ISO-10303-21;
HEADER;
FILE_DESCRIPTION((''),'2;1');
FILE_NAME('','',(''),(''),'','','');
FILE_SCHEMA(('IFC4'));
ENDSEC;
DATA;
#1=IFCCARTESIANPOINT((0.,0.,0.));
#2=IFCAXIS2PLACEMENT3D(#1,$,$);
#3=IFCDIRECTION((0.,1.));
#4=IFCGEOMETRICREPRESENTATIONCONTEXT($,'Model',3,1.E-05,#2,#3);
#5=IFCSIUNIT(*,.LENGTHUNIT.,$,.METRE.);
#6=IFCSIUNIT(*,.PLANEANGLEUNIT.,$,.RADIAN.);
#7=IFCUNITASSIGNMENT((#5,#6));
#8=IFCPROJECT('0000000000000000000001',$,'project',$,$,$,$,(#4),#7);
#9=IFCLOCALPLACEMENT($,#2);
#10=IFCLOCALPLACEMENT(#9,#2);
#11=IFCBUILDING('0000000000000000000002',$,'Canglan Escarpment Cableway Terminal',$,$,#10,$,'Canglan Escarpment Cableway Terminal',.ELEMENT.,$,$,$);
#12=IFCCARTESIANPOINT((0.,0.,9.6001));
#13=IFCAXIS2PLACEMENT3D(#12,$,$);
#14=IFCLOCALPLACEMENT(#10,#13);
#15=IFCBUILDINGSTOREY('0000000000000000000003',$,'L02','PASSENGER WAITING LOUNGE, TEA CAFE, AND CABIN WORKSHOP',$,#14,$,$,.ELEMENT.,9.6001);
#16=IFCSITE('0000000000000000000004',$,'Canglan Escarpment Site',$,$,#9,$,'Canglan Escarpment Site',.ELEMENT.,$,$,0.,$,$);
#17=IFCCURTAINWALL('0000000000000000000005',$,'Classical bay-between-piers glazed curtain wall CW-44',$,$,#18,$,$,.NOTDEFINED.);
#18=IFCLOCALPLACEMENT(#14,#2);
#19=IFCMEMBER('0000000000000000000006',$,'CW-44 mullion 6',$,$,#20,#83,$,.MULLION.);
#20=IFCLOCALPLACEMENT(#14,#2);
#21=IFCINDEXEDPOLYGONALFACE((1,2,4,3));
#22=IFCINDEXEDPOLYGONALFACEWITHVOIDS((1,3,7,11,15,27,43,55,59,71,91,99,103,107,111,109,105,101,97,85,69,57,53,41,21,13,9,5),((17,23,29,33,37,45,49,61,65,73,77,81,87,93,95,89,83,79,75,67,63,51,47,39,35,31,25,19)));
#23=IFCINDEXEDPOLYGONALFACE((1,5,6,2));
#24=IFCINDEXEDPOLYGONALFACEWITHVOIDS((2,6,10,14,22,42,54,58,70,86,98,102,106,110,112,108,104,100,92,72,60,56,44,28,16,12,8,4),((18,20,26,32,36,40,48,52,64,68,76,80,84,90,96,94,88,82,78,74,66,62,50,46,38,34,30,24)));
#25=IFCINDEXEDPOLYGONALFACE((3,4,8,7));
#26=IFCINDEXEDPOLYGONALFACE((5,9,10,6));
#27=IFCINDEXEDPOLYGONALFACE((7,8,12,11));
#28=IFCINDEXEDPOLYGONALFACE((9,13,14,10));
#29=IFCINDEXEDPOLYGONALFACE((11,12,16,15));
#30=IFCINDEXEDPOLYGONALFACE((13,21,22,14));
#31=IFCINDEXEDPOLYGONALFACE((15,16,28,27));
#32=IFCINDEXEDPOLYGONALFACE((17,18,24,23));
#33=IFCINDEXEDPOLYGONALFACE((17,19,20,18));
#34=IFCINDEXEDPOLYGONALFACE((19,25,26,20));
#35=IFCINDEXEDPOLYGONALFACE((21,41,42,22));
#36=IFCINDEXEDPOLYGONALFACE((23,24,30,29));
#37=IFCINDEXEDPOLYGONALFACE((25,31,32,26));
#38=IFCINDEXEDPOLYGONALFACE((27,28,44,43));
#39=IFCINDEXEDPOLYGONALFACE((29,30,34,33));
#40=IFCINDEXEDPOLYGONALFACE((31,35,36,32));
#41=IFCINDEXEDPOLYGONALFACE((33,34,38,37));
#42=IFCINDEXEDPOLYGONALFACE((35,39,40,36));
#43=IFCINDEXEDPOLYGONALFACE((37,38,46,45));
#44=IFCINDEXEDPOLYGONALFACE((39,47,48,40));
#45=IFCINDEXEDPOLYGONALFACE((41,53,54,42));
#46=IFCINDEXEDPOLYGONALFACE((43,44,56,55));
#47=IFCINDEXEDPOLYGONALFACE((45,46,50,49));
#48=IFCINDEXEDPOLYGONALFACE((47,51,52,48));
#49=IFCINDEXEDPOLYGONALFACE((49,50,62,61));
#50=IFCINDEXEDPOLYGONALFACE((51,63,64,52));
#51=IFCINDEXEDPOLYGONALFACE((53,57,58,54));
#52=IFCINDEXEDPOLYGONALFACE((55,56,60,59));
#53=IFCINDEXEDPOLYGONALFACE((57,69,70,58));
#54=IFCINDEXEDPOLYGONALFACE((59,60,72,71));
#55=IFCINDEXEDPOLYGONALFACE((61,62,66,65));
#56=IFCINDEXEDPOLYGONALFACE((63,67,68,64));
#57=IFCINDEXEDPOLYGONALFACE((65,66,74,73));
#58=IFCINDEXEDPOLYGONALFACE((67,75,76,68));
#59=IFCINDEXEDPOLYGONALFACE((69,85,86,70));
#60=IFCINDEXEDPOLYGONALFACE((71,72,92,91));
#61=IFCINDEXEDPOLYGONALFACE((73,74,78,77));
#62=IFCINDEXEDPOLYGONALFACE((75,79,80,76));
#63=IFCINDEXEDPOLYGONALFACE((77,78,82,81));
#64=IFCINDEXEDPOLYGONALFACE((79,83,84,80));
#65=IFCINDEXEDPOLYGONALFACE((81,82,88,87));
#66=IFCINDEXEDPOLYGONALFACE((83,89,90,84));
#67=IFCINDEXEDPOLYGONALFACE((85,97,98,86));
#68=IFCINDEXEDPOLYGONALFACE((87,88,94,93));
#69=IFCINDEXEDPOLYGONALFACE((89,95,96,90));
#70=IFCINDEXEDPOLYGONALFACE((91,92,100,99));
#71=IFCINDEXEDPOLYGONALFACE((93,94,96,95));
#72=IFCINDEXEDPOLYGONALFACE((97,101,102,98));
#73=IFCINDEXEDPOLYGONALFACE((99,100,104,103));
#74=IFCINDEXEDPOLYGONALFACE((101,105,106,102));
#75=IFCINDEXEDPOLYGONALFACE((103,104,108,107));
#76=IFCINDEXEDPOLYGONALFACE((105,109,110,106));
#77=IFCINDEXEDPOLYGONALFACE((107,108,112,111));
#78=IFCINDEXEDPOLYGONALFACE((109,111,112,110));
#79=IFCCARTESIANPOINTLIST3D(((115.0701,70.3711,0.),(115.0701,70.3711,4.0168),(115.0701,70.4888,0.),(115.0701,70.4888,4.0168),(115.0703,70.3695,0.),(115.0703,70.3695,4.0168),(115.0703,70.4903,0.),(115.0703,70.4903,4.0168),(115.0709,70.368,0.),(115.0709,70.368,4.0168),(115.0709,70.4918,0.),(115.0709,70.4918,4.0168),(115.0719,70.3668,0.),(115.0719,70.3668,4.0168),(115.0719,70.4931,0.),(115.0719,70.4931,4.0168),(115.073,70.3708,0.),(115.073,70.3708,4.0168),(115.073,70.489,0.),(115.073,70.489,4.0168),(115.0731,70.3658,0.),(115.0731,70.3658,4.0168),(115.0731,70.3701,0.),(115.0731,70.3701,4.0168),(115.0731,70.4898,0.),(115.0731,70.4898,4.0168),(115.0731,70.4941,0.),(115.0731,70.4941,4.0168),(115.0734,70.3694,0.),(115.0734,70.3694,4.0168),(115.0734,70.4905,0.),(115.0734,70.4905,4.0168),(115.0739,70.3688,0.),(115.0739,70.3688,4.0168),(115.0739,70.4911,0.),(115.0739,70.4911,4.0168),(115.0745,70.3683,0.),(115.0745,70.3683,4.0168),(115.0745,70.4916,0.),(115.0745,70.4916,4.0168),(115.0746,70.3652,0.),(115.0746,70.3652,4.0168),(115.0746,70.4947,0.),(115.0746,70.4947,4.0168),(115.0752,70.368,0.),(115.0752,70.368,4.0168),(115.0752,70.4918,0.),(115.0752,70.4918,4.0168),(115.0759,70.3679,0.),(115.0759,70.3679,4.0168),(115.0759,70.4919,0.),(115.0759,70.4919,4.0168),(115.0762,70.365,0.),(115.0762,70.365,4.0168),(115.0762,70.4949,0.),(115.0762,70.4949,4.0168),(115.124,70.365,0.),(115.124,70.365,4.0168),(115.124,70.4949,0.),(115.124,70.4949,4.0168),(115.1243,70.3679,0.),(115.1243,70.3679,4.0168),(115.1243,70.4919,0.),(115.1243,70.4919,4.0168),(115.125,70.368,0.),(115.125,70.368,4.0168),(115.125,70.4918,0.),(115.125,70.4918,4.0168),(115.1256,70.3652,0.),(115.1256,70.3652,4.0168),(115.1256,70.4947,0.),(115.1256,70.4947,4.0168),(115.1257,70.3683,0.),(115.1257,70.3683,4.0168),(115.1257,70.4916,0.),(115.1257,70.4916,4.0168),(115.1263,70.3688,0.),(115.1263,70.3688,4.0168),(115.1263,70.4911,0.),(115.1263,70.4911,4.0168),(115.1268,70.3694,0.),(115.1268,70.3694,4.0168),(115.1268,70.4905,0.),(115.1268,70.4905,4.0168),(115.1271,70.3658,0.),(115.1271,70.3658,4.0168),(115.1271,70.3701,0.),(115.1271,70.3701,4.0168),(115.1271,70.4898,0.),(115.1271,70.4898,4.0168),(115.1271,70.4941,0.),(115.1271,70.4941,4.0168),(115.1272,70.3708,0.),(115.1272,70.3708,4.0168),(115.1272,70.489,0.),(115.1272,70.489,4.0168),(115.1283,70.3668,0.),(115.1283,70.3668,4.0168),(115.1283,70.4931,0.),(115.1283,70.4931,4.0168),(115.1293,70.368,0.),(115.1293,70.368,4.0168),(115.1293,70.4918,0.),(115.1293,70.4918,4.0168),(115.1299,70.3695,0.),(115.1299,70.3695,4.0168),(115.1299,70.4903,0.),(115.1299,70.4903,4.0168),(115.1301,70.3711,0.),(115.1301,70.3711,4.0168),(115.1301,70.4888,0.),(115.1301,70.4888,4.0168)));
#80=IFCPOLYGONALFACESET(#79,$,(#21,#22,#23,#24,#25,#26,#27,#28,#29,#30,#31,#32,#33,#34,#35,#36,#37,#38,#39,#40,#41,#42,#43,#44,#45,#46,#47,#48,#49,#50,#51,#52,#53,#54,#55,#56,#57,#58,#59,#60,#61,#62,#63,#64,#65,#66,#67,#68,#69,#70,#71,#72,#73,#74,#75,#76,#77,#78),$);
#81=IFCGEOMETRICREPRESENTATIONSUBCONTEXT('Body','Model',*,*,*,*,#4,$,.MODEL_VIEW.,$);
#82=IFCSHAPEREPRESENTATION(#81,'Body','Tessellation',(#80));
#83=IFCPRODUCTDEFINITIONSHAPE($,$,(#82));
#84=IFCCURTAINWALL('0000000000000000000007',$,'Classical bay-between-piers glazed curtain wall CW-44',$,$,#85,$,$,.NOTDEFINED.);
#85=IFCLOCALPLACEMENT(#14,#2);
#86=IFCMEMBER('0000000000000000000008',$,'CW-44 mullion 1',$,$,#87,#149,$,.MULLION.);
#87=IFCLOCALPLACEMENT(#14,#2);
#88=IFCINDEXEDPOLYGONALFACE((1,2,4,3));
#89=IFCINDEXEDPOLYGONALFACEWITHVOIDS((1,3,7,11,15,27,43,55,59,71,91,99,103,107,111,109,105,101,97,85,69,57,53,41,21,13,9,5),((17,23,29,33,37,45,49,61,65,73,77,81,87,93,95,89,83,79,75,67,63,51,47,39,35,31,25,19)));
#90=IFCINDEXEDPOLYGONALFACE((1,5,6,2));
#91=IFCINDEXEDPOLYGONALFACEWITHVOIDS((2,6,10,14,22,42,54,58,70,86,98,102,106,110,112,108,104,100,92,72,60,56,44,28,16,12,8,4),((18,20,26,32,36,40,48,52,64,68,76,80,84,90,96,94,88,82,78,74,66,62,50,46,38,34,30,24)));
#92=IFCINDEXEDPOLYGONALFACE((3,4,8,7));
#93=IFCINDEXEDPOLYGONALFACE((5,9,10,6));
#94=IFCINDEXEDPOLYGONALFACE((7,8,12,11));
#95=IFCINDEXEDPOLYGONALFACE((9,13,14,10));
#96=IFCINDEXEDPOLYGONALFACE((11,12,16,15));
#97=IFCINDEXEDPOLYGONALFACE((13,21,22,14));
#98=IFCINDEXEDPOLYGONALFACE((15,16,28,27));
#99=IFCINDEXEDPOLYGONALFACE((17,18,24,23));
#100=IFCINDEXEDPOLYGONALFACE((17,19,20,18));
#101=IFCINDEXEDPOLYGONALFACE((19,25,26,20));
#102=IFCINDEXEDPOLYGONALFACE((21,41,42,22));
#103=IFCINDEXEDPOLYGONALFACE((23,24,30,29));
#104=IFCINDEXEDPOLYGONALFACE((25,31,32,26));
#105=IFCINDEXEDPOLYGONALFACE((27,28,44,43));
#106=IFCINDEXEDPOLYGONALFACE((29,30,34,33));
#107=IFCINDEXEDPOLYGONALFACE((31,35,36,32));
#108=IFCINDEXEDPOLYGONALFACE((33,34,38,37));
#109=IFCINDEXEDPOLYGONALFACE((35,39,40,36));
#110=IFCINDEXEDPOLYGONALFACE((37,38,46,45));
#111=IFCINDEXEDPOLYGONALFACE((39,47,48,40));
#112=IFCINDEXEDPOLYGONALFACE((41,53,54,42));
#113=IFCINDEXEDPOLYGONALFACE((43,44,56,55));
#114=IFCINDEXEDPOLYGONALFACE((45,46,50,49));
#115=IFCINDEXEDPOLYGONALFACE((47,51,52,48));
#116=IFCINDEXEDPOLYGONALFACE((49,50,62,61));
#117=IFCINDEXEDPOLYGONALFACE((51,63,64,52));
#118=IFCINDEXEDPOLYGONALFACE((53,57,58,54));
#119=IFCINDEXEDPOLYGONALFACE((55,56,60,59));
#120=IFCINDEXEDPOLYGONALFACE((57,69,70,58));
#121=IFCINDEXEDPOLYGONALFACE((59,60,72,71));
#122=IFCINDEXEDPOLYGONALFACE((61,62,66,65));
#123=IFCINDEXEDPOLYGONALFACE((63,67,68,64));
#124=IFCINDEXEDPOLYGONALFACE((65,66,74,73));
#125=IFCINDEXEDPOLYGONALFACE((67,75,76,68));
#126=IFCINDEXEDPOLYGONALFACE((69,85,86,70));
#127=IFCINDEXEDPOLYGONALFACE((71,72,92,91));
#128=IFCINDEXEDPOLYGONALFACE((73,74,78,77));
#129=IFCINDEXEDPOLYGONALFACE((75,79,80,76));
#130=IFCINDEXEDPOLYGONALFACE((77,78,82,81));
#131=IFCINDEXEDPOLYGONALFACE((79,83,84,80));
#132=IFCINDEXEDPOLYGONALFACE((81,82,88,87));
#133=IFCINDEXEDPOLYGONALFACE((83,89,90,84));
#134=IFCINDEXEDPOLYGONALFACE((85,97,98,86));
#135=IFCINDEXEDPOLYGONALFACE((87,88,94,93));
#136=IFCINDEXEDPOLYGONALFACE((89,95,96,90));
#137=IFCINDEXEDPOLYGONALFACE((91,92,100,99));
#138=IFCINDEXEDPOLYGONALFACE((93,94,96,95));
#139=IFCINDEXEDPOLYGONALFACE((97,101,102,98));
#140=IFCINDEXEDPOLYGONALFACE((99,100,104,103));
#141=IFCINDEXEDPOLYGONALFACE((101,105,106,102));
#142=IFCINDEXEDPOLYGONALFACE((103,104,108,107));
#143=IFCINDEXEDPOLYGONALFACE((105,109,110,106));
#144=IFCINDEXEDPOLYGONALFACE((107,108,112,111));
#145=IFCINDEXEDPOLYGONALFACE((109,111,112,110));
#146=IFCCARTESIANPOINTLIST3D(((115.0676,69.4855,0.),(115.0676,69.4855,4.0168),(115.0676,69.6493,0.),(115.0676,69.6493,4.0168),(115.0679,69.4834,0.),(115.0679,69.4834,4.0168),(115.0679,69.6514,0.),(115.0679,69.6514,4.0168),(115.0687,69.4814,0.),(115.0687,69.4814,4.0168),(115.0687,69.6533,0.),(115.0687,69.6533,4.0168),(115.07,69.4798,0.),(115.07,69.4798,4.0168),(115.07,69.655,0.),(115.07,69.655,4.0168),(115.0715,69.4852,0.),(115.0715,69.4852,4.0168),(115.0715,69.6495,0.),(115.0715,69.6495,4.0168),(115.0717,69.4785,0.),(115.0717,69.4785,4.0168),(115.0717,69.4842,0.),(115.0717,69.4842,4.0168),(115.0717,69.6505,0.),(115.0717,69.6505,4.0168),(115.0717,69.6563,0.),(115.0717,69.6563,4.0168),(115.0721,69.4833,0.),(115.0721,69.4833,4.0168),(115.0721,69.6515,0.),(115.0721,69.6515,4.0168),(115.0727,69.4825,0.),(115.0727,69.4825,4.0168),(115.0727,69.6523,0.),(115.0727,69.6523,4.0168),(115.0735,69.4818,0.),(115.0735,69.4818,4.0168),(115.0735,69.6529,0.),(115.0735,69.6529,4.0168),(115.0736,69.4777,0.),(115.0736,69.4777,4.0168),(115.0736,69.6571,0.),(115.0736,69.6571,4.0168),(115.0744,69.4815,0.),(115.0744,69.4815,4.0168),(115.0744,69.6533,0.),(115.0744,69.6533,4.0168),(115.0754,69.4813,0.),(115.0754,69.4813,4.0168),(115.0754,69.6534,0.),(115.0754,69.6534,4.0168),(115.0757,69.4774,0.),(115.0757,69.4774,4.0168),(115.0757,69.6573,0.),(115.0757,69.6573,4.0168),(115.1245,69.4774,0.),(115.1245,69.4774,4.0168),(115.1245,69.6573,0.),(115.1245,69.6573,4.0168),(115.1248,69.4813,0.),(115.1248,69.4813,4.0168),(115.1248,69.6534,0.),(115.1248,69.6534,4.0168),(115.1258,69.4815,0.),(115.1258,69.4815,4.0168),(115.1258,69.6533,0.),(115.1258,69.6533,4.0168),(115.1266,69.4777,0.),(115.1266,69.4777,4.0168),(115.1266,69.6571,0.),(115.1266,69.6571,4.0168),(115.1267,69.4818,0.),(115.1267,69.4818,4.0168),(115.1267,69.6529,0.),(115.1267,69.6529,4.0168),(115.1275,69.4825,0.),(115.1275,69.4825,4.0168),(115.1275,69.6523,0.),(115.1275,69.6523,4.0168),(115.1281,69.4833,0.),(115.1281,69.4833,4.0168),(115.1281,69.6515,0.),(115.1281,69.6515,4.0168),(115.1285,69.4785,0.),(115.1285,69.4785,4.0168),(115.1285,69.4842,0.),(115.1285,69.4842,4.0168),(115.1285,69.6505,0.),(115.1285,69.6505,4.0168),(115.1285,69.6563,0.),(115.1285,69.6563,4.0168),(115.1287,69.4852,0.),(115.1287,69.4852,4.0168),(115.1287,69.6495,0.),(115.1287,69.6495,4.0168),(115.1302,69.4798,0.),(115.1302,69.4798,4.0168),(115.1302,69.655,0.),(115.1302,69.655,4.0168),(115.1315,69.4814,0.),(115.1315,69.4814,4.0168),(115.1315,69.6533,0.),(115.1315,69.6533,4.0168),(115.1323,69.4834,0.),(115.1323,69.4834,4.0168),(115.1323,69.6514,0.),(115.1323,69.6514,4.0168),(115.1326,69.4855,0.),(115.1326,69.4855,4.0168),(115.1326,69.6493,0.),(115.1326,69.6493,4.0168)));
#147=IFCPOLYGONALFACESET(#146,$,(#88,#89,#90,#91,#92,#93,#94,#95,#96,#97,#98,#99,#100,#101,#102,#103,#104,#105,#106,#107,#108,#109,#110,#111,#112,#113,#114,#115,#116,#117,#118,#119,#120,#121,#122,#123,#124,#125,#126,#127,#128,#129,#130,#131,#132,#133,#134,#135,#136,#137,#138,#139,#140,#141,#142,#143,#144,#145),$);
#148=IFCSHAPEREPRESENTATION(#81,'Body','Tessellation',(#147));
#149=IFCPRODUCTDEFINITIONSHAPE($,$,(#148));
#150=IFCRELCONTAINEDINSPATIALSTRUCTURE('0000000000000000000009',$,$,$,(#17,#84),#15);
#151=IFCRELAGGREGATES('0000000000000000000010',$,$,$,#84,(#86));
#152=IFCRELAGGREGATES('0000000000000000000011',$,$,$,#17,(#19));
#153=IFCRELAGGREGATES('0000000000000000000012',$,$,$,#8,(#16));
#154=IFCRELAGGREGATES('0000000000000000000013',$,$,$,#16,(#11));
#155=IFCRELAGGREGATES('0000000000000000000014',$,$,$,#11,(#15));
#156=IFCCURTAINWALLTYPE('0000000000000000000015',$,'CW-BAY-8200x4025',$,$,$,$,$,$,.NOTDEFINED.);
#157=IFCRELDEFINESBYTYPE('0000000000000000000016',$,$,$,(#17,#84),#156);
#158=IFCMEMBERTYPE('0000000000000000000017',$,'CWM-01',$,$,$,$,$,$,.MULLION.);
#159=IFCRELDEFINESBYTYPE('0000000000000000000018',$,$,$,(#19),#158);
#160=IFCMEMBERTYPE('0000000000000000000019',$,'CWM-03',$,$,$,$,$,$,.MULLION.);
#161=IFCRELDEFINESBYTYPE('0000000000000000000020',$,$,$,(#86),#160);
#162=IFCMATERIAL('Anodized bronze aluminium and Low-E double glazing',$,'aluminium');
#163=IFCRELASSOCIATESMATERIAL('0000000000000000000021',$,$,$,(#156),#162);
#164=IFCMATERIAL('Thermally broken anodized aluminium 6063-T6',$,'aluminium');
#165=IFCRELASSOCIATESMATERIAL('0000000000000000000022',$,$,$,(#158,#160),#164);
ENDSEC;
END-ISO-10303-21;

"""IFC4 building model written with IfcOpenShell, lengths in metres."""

from ifc_helpers import new_model, si_unit, direction, frame, origin, origin_2d, place, context, subcontext, project, spatial, hollow_rectangle, extrude, material, material_profile, profile_set, type_object, element, aggregate, save


model = new_model("IFC4")

# Units and contexts
model_context = context("Model", 3, precision=1e-05, world=origin(), true_north=direction((0.0, 1.0)))
body_context = subcontext(model_context, "Body", "Model", "MODEL_VIEW")
ifc_project = project(units=[si_unit("LENGTHUNIT", "METRE"), si_unit("PLANEANGLEUNIT", "RADIAN")], contexts=[model_context])

# Site, building, storey
site_placement = place(None, origin())
site = spatial("IfcSite", under=ifc_project, at=site_placement, Name="Canglan Escarpment Site", LongName="Canglan Escarpment Site", CompositionType="ELEMENT", RefElevation=0.0)
building_placement = place(site_placement, origin())
building = spatial("IfcBuilding", under=site, at=building_placement, Name="Canglan Escarpment Cableway Terminal", LongName="Canglan Escarpment Cableway Terminal", CompositionType="ELEMENT")
storey_placement = place(building_placement, frame((0.0, 0.0, 9.6001)))
storey = spatial("IfcBuildingStorey", under=building, at=storey_placement, Name="L02", Description="PASSENGER WAITING LOUNGE, TEA CAFE, AND CABIN WORKSHOP", CompositionType="ELEMENT", Elevation=9.6001)

# Curtain wall, member
ifc_material_1 = material(Name="Anodized bronze aluminium and Low-E double glazing", Category="aluminium")
curtain_wall_type = type_object("IfcCurtainWallType", Name="CW-BAY-8200x4025", PredefinedType="NOTDEFINED", material=ifc_material_1)
curtain_wall_1_placement = place(storey_placement, origin())
curtain_wall_1 = element("IfcCurtainWall", 1, at=curtain_wall_1_placement, inside=storey, type_object=curtain_wall_type, Name="Classical bay-between-piers glazed curtain wall CW-44", PredefinedType="NOTDEFINED")
ifc_material_2 = material(Name="Thermally broken anodized aluminium 6063-T6", Category="aluminium")
ifc_material_profile_1 = material_profile(ifc_material_2, hollow_rectangle(XDim=0.0601, YDim=0.1299, WallThickness=0.0029, InnerFilletRadius=0.0029, OuterFilletRadius=0.0061, at=origin_2d()), Name="ALU-MULL 60x130x3")
ifc_profile_set_1 = profile_set([ifc_material_profile_1], Name="Thermally broken anodized aluminium 6063-T6")
member_type_1 = type_object("IfcMemberType", Name="CWM-01", PredefinedType="MULLION", material=ifc_profile_set_1)
member_1_placement = place(storey_placement, frame((115.1001, 70.4299, 0.0), z_axis=(0.0, 0.0, 1.0), x_axis=(1.0, 0.0, 0.0)))
member_1 = element("IfcMember", 2, at=member_1_placement, type_object=member_type_1, Name="CW-44 mullion 6", PredefinedType="MULLION", context=body_context, shape_type="SweptSolid", body=[
    extrude(hollow_rectangle(XDim=0.0601, YDim=0.1299, WallThickness=0.0029, InnerFilletRadius=0.0029, OuterFilletRadius=0.0061, at=origin_2d()), origin(), (0.0, 0.0, 1.0), 4.0168),
])

# Curtain wall, member
curtain_wall_2_placement = place(storey_placement, origin())
curtain_wall_2 = element("IfcCurtainWall", 3, at=curtain_wall_2_placement, inside=storey, type_object=curtain_wall_type, Name="Classical bay-between-piers glazed curtain wall CW-44", PredefinedType="NOTDEFINED")
ifc_material_profile_2 = material_profile(ifc_material_2, hollow_rectangle(XDim=0.0649, YDim=0.1799, WallThickness=0.0039, InnerFilletRadius=0.0039, OuterFilletRadius=0.0081, at=origin_2d()), Name="ALU-MULL 65x180x4")
ifc_profile_set_2 = profile_set([ifc_material_profile_2], Name="Thermally broken anodized aluminium 6063-T6")
member_type_2 = type_object("IfcMemberType", Name="CWM-03", PredefinedType="MULLION", material=ifc_profile_set_2)
member_2_placement = place(storey_placement, frame((115.1001, 69.5674, 0.0), z_axis=(0.0, 0.0, 1.0), x_axis=(1.0, 0.0, 0.0)))
member_2 = element("IfcMember", 4, at=member_2_placement, type_object=member_type_2, Name="CW-44 mullion 1", PredefinedType="MULLION", context=body_context, shape_type="SweptSolid", body=[
    extrude(hollow_rectangle(XDim=0.0649, YDim=0.1799, WallThickness=0.0039, InnerFilletRadius=0.0039, OuterFilletRadius=0.0081, at=origin_2d()), origin(), (0.0, 0.0, 1.0), 4.0168),
])

aggregate(curtain_wall_2, [member_2])

aggregate(curtain_wall_1, [member_1])

save(model, "model.ifc")
